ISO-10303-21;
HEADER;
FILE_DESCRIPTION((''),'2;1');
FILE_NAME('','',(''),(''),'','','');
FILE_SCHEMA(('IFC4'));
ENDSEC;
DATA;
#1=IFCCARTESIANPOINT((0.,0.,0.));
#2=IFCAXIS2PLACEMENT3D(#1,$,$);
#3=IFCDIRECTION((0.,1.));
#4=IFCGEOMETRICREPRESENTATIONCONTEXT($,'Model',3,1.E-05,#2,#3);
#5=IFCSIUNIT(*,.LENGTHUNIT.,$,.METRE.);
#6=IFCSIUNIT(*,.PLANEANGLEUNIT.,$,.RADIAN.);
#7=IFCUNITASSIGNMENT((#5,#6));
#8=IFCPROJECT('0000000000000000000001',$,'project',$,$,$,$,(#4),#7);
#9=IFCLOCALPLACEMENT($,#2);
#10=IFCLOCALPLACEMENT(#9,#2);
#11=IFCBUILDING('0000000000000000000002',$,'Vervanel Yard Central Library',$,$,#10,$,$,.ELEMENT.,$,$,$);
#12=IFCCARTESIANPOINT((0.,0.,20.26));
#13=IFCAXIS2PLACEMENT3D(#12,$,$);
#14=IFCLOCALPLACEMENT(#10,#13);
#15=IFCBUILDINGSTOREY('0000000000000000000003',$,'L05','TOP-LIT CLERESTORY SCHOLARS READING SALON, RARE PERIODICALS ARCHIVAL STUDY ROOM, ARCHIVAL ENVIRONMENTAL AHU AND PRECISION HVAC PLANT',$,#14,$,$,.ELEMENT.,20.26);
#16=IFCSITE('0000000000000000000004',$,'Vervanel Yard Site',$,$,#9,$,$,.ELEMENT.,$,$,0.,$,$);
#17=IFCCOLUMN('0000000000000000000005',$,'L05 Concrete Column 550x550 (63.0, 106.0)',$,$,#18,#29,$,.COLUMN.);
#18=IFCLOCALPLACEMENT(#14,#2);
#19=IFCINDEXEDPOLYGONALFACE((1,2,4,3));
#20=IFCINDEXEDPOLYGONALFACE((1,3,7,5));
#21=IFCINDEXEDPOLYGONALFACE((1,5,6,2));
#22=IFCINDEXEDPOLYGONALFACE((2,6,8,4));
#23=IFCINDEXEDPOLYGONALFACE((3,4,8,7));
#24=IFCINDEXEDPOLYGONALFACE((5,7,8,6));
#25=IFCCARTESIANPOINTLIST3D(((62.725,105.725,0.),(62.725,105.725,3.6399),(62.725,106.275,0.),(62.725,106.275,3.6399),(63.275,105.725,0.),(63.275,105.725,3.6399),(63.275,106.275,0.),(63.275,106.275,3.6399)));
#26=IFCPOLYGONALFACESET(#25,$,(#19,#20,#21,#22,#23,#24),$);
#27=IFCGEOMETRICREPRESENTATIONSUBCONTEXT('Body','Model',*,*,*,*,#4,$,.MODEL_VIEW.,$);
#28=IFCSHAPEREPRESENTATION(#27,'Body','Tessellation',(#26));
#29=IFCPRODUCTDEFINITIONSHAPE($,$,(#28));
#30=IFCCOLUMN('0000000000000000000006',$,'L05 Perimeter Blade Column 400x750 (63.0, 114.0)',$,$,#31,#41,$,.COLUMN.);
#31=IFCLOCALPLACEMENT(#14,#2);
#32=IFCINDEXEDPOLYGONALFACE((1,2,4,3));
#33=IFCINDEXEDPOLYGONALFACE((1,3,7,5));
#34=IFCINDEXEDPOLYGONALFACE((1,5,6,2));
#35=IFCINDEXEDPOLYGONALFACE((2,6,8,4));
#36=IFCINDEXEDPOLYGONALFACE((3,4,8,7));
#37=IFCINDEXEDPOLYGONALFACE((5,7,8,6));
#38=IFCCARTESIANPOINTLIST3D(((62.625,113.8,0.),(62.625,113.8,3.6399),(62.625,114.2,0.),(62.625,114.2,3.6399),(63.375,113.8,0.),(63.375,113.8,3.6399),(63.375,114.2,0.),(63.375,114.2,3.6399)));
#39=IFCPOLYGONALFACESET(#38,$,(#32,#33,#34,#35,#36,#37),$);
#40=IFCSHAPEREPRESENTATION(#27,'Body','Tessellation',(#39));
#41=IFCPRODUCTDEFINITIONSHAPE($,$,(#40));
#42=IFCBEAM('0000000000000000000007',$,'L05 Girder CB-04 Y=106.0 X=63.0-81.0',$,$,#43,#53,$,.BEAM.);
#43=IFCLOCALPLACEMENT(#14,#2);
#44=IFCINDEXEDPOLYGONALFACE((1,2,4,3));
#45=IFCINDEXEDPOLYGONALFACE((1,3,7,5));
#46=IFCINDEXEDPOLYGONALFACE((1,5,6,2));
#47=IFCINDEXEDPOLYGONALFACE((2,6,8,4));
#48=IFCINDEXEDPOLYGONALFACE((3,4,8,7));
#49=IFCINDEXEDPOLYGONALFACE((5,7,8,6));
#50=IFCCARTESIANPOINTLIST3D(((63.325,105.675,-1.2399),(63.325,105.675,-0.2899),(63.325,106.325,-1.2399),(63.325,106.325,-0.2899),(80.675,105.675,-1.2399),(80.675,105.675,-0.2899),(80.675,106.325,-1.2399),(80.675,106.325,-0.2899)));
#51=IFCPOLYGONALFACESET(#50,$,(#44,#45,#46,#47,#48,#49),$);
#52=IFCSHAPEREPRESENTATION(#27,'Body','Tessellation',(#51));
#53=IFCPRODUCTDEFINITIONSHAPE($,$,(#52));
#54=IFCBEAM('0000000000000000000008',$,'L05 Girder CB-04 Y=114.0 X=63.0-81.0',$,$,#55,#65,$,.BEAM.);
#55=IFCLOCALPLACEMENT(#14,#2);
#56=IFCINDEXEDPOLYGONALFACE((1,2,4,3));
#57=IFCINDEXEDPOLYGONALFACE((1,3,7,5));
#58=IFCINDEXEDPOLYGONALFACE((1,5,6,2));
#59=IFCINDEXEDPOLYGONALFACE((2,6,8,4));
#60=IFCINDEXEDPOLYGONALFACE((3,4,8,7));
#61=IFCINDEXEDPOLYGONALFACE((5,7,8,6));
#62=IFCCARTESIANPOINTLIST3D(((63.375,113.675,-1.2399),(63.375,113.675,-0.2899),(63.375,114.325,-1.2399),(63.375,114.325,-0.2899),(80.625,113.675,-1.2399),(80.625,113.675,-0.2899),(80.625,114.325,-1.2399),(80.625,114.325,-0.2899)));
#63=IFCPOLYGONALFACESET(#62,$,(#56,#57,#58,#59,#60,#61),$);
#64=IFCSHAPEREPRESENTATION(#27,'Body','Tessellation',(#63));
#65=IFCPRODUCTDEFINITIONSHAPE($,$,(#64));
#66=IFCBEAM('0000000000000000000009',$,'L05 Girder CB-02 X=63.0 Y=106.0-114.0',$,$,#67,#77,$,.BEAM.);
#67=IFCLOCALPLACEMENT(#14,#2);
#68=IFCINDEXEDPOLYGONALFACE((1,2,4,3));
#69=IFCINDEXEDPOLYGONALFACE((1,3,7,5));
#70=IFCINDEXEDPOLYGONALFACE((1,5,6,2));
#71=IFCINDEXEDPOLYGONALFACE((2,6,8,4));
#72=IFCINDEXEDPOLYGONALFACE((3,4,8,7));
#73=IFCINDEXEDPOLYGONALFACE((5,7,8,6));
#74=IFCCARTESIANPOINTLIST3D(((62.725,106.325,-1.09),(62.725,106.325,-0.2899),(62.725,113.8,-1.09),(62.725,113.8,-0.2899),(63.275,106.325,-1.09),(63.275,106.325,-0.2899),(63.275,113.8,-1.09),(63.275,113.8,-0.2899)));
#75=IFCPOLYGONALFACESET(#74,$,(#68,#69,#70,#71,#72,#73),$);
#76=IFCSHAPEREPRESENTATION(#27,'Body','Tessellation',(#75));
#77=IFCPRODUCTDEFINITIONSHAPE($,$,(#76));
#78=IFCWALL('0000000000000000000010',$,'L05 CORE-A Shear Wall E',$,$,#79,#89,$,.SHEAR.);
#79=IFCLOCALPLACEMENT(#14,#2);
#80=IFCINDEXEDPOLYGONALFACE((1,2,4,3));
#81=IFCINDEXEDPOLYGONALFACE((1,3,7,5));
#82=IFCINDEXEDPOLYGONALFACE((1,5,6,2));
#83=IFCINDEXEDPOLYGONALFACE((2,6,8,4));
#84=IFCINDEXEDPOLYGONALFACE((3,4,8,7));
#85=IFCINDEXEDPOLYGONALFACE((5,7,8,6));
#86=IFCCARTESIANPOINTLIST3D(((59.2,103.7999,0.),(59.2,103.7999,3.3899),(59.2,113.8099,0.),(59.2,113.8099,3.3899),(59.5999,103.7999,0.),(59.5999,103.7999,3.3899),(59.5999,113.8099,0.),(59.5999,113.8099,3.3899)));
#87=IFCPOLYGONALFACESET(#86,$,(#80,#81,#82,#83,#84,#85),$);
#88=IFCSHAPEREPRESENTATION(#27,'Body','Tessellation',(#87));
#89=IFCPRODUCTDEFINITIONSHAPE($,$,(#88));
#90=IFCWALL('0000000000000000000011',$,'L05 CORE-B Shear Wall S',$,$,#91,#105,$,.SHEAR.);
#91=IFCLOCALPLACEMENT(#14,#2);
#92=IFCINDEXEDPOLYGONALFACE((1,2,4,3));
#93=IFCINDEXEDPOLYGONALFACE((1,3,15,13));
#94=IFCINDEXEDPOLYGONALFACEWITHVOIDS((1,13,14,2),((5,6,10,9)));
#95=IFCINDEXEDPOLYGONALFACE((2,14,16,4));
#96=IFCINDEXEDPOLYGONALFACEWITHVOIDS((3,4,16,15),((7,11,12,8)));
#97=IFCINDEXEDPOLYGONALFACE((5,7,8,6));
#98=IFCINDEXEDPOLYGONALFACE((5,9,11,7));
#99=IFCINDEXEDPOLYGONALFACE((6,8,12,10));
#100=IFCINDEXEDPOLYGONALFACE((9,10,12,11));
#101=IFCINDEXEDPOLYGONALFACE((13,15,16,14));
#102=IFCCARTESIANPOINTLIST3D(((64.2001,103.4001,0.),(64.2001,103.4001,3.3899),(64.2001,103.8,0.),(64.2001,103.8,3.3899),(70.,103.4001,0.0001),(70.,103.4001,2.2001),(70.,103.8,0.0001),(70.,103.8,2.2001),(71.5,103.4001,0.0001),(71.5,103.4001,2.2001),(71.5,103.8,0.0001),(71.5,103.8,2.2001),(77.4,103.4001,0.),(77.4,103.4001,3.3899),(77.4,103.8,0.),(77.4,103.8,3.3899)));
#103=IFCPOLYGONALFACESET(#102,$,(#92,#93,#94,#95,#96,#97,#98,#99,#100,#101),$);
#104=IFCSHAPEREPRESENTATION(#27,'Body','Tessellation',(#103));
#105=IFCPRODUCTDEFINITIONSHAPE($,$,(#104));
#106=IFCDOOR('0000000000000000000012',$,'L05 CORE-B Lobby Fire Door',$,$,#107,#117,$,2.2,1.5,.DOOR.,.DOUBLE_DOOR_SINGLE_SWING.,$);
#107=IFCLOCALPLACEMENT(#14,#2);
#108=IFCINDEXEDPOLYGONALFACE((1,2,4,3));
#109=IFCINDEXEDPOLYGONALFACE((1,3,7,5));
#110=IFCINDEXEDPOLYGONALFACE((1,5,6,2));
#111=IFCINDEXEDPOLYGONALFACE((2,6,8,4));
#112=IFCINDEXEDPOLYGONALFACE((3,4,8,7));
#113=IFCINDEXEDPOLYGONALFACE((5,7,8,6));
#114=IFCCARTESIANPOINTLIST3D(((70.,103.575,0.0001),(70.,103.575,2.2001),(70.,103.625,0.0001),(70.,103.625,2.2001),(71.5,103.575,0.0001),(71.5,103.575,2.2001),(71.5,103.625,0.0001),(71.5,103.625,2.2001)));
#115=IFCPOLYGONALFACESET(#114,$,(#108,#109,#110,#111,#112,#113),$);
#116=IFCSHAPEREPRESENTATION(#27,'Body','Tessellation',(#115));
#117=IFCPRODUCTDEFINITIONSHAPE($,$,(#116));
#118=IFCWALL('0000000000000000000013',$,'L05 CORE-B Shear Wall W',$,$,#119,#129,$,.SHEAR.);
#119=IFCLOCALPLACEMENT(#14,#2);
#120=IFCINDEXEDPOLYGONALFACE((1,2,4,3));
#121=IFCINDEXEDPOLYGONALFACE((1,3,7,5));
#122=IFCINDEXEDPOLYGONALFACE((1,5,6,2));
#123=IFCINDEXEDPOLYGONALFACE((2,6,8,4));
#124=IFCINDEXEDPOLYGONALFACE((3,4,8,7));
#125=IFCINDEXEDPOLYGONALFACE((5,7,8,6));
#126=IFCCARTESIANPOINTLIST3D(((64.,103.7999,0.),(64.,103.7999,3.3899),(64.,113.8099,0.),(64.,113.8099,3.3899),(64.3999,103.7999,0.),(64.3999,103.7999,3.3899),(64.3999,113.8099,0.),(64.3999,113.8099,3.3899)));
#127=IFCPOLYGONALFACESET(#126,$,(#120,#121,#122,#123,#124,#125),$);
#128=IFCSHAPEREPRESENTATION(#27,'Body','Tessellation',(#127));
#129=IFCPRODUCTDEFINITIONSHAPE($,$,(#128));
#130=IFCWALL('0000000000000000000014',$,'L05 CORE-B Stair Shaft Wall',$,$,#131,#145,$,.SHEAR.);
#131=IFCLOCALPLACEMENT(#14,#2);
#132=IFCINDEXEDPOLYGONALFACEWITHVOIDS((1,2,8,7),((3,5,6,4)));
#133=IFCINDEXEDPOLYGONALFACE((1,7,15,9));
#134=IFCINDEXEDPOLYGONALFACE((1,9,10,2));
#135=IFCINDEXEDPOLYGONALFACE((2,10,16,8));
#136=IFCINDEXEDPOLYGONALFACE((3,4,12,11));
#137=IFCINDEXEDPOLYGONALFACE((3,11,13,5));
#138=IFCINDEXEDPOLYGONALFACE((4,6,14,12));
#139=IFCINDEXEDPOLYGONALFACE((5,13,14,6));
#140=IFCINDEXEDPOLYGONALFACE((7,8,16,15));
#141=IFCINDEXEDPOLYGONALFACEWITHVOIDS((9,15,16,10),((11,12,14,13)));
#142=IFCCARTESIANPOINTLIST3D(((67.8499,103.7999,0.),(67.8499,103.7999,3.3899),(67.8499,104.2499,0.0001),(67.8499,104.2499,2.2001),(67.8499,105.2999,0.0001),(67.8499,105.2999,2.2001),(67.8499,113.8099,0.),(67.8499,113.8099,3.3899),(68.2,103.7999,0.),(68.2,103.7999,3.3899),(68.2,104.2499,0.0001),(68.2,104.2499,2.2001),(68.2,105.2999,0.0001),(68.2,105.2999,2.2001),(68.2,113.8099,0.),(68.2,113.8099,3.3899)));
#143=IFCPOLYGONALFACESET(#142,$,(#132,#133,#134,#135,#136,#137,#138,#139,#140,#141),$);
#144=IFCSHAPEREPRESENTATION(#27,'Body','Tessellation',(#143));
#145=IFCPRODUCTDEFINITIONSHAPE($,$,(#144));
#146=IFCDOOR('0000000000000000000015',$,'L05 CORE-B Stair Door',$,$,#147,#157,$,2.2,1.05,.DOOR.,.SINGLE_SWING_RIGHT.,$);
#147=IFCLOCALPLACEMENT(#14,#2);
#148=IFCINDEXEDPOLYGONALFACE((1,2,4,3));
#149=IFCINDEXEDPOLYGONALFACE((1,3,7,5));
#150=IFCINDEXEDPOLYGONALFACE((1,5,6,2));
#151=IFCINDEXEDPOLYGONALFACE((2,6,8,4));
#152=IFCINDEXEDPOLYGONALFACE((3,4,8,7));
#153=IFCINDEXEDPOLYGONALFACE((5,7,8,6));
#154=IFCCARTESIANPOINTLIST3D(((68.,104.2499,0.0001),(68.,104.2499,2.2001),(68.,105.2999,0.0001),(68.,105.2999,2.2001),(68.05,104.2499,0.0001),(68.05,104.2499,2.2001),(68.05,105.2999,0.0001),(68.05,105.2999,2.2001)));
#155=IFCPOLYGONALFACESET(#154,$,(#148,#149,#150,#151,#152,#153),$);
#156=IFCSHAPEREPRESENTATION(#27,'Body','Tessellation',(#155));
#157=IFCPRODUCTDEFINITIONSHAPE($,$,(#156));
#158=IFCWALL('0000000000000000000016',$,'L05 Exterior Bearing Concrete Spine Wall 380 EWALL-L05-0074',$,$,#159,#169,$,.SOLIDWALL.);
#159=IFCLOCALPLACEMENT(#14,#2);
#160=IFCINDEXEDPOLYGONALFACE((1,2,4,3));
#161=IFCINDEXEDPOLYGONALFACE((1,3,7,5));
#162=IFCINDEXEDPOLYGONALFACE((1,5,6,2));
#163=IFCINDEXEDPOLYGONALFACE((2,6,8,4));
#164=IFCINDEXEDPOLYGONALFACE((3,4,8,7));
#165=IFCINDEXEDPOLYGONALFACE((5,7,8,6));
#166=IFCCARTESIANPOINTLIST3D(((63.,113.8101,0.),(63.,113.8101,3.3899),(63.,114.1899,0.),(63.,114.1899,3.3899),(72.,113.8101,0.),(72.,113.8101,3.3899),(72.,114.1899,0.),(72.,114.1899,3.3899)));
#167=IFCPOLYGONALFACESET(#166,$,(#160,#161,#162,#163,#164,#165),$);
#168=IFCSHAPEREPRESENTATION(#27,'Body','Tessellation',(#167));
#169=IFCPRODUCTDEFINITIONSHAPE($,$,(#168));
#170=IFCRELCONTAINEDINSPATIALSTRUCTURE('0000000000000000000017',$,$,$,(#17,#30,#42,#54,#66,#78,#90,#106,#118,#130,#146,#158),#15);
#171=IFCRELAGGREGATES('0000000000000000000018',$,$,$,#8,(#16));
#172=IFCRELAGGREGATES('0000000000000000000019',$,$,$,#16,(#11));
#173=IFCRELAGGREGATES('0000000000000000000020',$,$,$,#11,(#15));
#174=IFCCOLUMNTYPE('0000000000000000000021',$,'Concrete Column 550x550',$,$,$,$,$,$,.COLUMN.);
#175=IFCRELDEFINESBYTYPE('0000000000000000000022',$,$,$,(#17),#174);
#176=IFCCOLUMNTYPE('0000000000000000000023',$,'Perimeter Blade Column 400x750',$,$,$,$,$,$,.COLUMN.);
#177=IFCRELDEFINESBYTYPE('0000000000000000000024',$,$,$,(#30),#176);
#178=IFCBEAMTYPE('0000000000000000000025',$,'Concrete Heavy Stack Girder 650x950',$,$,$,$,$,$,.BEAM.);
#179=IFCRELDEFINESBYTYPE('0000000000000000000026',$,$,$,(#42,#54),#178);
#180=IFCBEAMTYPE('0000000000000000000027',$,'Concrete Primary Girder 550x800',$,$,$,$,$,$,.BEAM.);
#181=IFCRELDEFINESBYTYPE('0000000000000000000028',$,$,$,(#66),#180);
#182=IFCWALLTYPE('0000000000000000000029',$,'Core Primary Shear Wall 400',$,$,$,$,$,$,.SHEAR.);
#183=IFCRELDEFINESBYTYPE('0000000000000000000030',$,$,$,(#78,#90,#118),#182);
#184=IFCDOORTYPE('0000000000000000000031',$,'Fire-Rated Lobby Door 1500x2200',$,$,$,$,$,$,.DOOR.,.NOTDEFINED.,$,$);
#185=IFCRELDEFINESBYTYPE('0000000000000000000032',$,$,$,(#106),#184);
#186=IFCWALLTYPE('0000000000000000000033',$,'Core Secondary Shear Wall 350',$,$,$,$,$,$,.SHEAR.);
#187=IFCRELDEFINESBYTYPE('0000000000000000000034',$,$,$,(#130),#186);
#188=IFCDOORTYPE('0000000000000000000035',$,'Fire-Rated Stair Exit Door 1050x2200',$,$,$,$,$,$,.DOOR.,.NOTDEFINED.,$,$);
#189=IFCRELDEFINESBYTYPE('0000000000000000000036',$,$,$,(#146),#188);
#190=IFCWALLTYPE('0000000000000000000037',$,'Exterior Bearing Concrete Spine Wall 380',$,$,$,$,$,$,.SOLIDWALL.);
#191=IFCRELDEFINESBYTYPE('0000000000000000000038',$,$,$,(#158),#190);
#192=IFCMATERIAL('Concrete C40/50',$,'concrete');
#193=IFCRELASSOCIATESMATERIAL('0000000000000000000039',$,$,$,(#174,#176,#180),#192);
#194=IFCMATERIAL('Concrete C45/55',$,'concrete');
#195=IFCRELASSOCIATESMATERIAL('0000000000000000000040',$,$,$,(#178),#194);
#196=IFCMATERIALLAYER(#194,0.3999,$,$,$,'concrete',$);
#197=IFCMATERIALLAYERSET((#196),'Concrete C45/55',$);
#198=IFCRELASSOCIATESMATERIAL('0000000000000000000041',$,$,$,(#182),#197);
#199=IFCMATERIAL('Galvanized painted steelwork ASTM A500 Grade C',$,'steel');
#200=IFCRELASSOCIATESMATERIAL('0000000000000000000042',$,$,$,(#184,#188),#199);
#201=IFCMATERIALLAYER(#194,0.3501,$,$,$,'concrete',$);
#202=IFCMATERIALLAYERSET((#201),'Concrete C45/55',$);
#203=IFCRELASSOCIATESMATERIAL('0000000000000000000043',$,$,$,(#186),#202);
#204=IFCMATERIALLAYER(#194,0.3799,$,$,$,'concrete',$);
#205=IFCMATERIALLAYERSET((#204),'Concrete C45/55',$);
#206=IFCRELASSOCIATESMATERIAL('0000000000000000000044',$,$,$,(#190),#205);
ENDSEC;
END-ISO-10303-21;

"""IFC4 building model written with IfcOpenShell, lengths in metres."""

from ifc_helpers import new_model, si_unit, direction, frame, frame_2d, origin, origin_2d, place, context, subcontext, project, spatial, rectangle, extrude, material, layer, layer_set, material_profile, profile_set, type_object, element, fill, save


model = new_model("IFC4")

# Units and contexts
model_context = context("Model", 3, precision=1e-05, world=origin(), true_north=direction((0.0, 1.0)))
body_context = subcontext(model_context, "Body", "Model", "MODEL_VIEW")
ifc_project = project(units=[si_unit("LENGTHUNIT", "METRE"), si_unit("PLANEANGLEUNIT", "RADIAN")], contexts=[model_context])

# Site, building, storey
site_placement = place(None, origin())
site = spatial("IfcSite", under=ifc_project, at=site_placement, Name="Vervanel Yard Site", CompositionType="ELEMENT", RefElevation=0.0)
building_placement = place(site_placement, origin())
building = spatial("IfcBuilding", under=site, at=building_placement, Name="Vervanel Yard Central Library", CompositionType="ELEMENT")
storey_placement = place(building_placement, frame((0.0, 0.0, 20.26)))
storey = spatial("IfcBuildingStorey", under=building, at=storey_placement, Name="L05", Description="TOP-LIT CLERESTORY SCHOLARS READING SALON, RARE PERIODICALS ARCHIVAL STUDY ROOM, ARCHIVAL ENVIRONMENTAL AHU AND PRECISION HVAC PLANT", CompositionType="ELEMENT", Elevation=20.26)

# Columns
ifc_material_1 = material(Name="Concrete C40/50", Category="concrete")
ifc_material_profile_1 = material_profile(ifc_material_1, rectangle(XDim=0.55, YDim=0.55, at=origin_2d()), Name="RC 550x550", Category="concrete")
ifc_profile_set_1 = profile_set([ifc_material_profile_1], Name="Concrete C40/50")
column_type_1 = type_object("IfcColumnType", Name="Concrete Column 550x550", PredefinedType="COLUMN", material=ifc_profile_set_1)
column_1_placement = place(storey_placement, frame((63.0, 106.0, 0.0), z_axis=(0.0, 0.0, 1.0), x_axis=(1.0, 0.0, 0.0)))
element("IfcColumn", 1, at=column_1_placement, inside=storey, type_object=column_type_1, Name="L05 Concrete Column 550x550 (63.0, 106.0)", PredefinedType="COLUMN", context=body_context, shape_type="SweptSolid", body=[
    extrude(rectangle(XDim=0.55, YDim=0.55, at=origin_2d()), origin(), (0.0, 0.0, 1.0), 3.6399),
])
ifc_material_profile_2 = material_profile(ifc_material_1, rectangle(XDim=0.3999, YDim=0.75, at=origin_2d()), Name="RC 400x750", Category="concrete")
ifc_profile_set_2 = profile_set([ifc_material_profile_2], Name="Concrete C40/50")
column_type_2 = type_object("IfcColumnType", Name="Perimeter Blade Column 400x750", PredefinedType="COLUMN", material=ifc_profile_set_2)
column_2_placement = place(storey_placement, frame((63.0, 114.0, 0.0), z_axis=(0.0, 0.0, 1.0), x_axis=(0.0, 1.0, 0.0)))
element("IfcColumn", 2, at=column_2_placement, inside=storey, type_object=column_type_2, Name="L05 Perimeter Blade Column 400x750 (63.0, 114.0)", PredefinedType="COLUMN", context=body_context, shape_type="SweptSolid", body=[
    extrude(rectangle(XDim=0.3999, YDim=0.75, at=origin_2d()), origin(), (0.0, 0.0, 1.0), 3.6399),
])

# Beams
ifc_material_2 = material(Name="Concrete C45/55", Category="concrete")
ifc_material_profile_3 = material_profile(ifc_material_2, rectangle(XDim=0.6499, YDim=0.95, at=origin_2d()), Name="RC 650x950", Category="concrete")
ifc_profile_set_3 = profile_set([ifc_material_profile_3], Name="Concrete C45/55")
beam_type_1 = type_object("IfcBeamType", Name="Concrete Heavy Stack Girder 650x950", PredefinedType="BEAM", material=ifc_profile_set_3)
beam_1_placement = place(storey_placement, frame((63.325, 106.0, -0.7649), z_axis=(1.0, 0.0, 0.0), x_axis=(0.0, 1.0, 0.0)))
element("IfcBeam", 3, at=beam_1_placement, inside=storey, type_object=beam_type_1, Name="L05 Girder CB-04 Y=106.0 X=63.0-81.0", PredefinedType="BEAM", context=body_context, shape_type="SweptSolid", body=[
    extrude(rectangle(XDim=0.6499, YDim=0.95, at=origin_2d()), origin(), (0.0, 0.0, 1.0), 17.3501),
])
beam_2_placement = place(storey_placement, frame((63.375, 114.0, -0.7649), z_axis=(1.0, 0.0, 0.0), x_axis=(0.0, 1.0, 0.0)))
element("IfcBeam", 4, at=beam_2_placement, inside=storey, type_object=beam_type_1, Name="L05 Girder CB-04 Y=114.0 X=63.0-81.0", PredefinedType="BEAM", context=body_context, shape_type="SweptSolid", body=[
    extrude(rectangle(XDim=0.6499, YDim=0.95, at=origin_2d()), origin(), (0.0, 0.0, 1.0), 17.25),
])
ifc_material_profile_4 = material_profile(ifc_material_1, rectangle(XDim=0.55, YDim=0.8, at=origin_2d()), Name="RC 550x800", Category="concrete")
ifc_profile_set_4 = profile_set([ifc_material_profile_4], Name="Concrete C40/50")
beam_type_2 = type_object("IfcBeamType", Name="Concrete Primary Girder 550x800", PredefinedType="BEAM", material=ifc_profile_set_4)
beam_3_placement = place(storey_placement, frame((63.0, 106.325, -0.6899), z_axis=(0.0, 1.0, 0.0), x_axis=(-1.0, 0.0, 0.0)))
element("IfcBeam", 5, at=beam_3_placement, inside=storey, type_object=beam_type_2, Name="L05 Girder CB-02 X=63.0 Y=106.0-114.0", PredefinedType="BEAM", context=body_context, shape_type="SweptSolid", body=[
    extrude(rectangle(XDim=0.55, YDim=0.8, at=origin_2d()), origin(), (0.0, 0.0, 1.0), 7.4751),
])

# Wall
ifc_layer_1 = layer(ifc_material_2, 0.3999, Category="concrete")
ifc_layer_set_1 = layer_set([ifc_layer_1], Name="Concrete C45/55")
wall_type_1 = type_object("IfcWallType", Name="Core Primary Shear Wall 400", PredefinedType="SHEAR", material=ifc_layer_set_1)
wall_1_placement = place(storey_placement, frame((59.3999, 103.8, 0.0), z_axis=(0.0, 0.0, 1.0), x_axis=(0.0, 1.0, 0.0)))
element("IfcWall", 6, at=wall_1_placement, inside=storey, type_object=wall_type_1, Name="L05 CORE-A Shear Wall E", PredefinedType="SHEAR", context=body_context, shape_type="SweptSolid", body=[
    extrude(rectangle(XDim=10.01, YDim=0.3999, at=frame_2d((5.0049, 0.0))), origin(), (0.0, 0.0, 1.0), 3.3899),
])

# Wall, opening, door
wall_2_placement = place(storey_placement, frame((64.2, 103.6001, 0.0), z_axis=(0.0, 0.0, 1.0), x_axis=(1.0, 0.0, 0.0)))
wall_2 = element("IfcWall", 7, at=wall_2_placement, inside=storey, type_object=wall_type_1, Name="L05 CORE-B Shear Wall S", PredefinedType="SHEAR", context=body_context, shape_type="SweptSolid", body=[
    extrude(rectangle(XDim=13.2, YDim=0.3999, at=frame_2d((6.6001, 0.0))), origin(), (0.0, 0.0, 1.0), 3.3899),
])
opening_1_placement = place(wall_2_placement, frame((5.8, 0.0, 0.0)))
opening_1 = element("IfcOpeningElement", 8, at=opening_1_placement, cuts=wall_2, PredefinedType="OPENING", context=body_context, shape_type="SweptSolid", body=[
    extrude(rectangle(XDim=1.5, YDim=2.2, at=frame_2d((0.75, 1.1001))), frame((0.0, 0.21, 0.0), z_axis=(0.0, -1.0, 0.0), x_axis=(1.0, 0.0, 0.0)), (0.0, 0.0, 1.0), 0.4199),
])
ifc_material_3 = material(Name="Galvanized painted steelwork ASTM A500 Grade C", Category="steel")
door_type_1 = type_object("IfcDoorType", Name="Fire-Rated Lobby Door 1500x2200", OperationType="NOTDEFINED", PredefinedType="DOOR", material=ifc_material_3)
door_1_placement = place(opening_1_placement, origin())
door_1 = element("IfcDoor", 9, at=door_1_placement, inside=storey, type_object=door_type_1, Name="L05 CORE-B Lobby Fire Door", OperationType="DOUBLE_DOOR_SINGLE_SWING", OverallHeight=2.2, OverallWidth=1.5, PredefinedType="DOOR", context=body_context, shape_type="SweptSolid", body=[
    extrude(rectangle(XDim=1.5, YDim=2.2, at=frame_2d((0.75, 1.1001))), frame((0.0, 0.0249, 0.0), z_axis=(0.0, -1.0, 0.0), x_axis=(1.0, 0.0, 0.0)), (0.0, 0.0, 1.0), 0.05),
])
fill(opening_1, door_1)

# Wall
wall_3_placement = place(storey_placement, frame((64.2, 103.8, 0.0), z_axis=(0.0, 0.0, 1.0), x_axis=(0.0, 1.0, 0.0)))
element("IfcWall", 10, at=wall_3_placement, inside=storey, type_object=wall_type_1, Name="L05 CORE-B Shear Wall W", PredefinedType="SHEAR", context=body_context, shape_type="SweptSolid", body=[
    extrude(rectangle(XDim=10.01, YDim=0.3999, at=frame_2d((5.0049, 0.0))), origin(), (0.0, 0.0, 1.0), 3.3899),
])

# Wall, opening, door
ifc_layer_2 = layer(ifc_material_2, 0.3501, Category="concrete")
ifc_layer_set_2 = layer_set([ifc_layer_2], Name="Concrete C45/55")
wall_type_2 = type_object("IfcWallType", Name="Core Secondary Shear Wall 350", PredefinedType="SHEAR", material=ifc_layer_set_2)
wall_4_placement = place(storey_placement, frame((68.0249, 103.8, 0.0), z_axis=(0.0, 0.0, 1.0), x_axis=(0.0, 1.0, 0.0)))
wall_4 = element("IfcWall", 11, at=wall_4_placement, inside=storey, type_object=wall_type_2, Name="L05 CORE-B Stair Shaft Wall", PredefinedType="SHEAR", context=body_context, shape_type="SweptSolid", body=[
    extrude(rectangle(XDim=10.01, YDim=0.3501, at=frame_2d((5.0049, 0.0))), origin(), (0.0, 0.0, 1.0), 3.3899),
])
opening_2_placement = place(wall_4_placement, frame((0.45, 0.0, 0.0)))
opening_2 = element("IfcOpeningElement", 12, at=opening_2_placement, cuts=wall_4, PredefinedType="OPENING", context=body_context, shape_type="SweptSolid", body=[
    extrude(rectangle(XDim=1.05, YDim=2.2, at=frame_2d((0.5249, 1.1001))), frame((0.0, 0.1851, 0.0), z_axis=(0.0, -1.0, 0.0), x_axis=(1.0, 0.0, 0.0)), (0.0, 0.0, 1.0), 0.3701),
])
door_type_2 = type_object("IfcDoorType", Name="Fire-Rated Stair Exit Door 1050x2200", OperationType="NOTDEFINED", PredefinedType="DOOR", material=ifc_material_3)
door_2_placement = place(opening_2_placement, origin())
door_2 = element("IfcDoor", 13, at=door_2_placement, inside=storey, type_object=door_type_2, Name="L05 CORE-B Stair Door", OperationType="SINGLE_SWING_RIGHT", OverallHeight=2.2, OverallWidth=1.05, PredefinedType="DOOR", context=body_context, shape_type="SweptSolid", body=[
    extrude(rectangle(XDim=1.05, YDim=2.2, at=frame_2d((0.5249, 1.1001))), frame((0.0, 0.0249, 0.0), z_axis=(0.0, -1.0, 0.0), x_axis=(1.0, 0.0, 0.0)), (0.0, 0.0, 1.0), 0.05),
])
fill(opening_2, door_2)

# Wall
ifc_layer_3 = layer(ifc_material_2, 0.3799, Category="concrete")
ifc_layer_set_3 = layer_set([ifc_layer_3], Name="Concrete C45/55")
wall_type_3 = type_object("IfcWallType", Name="Exterior Bearing Concrete Spine Wall 380", PredefinedType="SOLIDWALL", material=ifc_layer_set_3)
for number, where, z_axis, x_axis, name in (
    (14, (63.0, 114.0, 0.0), (0.0, 0.0, 1.0), (1.0, 0.0, 0.0), "L05 Exterior Bearing Concrete Spine Wall 380 EWALL-L05-0074"),
):
    element("IfcWall", number, at=place(storey_placement, frame(where, z_axis=z_axis, x_axis=x_axis)), inside=storey, type_object=wall_type_3, Name=name, PredefinedType="SOLIDWALL", context=body_context, shape_type="SweptSolid", body=[
        extrude(rectangle(XDim=9.0, YDim=0.3799, at=frame_2d((4.5, 0.0))), origin(), (0.0, 0.0, 1.0), 3.3899),
    ])

save(model, "model.ifc")
